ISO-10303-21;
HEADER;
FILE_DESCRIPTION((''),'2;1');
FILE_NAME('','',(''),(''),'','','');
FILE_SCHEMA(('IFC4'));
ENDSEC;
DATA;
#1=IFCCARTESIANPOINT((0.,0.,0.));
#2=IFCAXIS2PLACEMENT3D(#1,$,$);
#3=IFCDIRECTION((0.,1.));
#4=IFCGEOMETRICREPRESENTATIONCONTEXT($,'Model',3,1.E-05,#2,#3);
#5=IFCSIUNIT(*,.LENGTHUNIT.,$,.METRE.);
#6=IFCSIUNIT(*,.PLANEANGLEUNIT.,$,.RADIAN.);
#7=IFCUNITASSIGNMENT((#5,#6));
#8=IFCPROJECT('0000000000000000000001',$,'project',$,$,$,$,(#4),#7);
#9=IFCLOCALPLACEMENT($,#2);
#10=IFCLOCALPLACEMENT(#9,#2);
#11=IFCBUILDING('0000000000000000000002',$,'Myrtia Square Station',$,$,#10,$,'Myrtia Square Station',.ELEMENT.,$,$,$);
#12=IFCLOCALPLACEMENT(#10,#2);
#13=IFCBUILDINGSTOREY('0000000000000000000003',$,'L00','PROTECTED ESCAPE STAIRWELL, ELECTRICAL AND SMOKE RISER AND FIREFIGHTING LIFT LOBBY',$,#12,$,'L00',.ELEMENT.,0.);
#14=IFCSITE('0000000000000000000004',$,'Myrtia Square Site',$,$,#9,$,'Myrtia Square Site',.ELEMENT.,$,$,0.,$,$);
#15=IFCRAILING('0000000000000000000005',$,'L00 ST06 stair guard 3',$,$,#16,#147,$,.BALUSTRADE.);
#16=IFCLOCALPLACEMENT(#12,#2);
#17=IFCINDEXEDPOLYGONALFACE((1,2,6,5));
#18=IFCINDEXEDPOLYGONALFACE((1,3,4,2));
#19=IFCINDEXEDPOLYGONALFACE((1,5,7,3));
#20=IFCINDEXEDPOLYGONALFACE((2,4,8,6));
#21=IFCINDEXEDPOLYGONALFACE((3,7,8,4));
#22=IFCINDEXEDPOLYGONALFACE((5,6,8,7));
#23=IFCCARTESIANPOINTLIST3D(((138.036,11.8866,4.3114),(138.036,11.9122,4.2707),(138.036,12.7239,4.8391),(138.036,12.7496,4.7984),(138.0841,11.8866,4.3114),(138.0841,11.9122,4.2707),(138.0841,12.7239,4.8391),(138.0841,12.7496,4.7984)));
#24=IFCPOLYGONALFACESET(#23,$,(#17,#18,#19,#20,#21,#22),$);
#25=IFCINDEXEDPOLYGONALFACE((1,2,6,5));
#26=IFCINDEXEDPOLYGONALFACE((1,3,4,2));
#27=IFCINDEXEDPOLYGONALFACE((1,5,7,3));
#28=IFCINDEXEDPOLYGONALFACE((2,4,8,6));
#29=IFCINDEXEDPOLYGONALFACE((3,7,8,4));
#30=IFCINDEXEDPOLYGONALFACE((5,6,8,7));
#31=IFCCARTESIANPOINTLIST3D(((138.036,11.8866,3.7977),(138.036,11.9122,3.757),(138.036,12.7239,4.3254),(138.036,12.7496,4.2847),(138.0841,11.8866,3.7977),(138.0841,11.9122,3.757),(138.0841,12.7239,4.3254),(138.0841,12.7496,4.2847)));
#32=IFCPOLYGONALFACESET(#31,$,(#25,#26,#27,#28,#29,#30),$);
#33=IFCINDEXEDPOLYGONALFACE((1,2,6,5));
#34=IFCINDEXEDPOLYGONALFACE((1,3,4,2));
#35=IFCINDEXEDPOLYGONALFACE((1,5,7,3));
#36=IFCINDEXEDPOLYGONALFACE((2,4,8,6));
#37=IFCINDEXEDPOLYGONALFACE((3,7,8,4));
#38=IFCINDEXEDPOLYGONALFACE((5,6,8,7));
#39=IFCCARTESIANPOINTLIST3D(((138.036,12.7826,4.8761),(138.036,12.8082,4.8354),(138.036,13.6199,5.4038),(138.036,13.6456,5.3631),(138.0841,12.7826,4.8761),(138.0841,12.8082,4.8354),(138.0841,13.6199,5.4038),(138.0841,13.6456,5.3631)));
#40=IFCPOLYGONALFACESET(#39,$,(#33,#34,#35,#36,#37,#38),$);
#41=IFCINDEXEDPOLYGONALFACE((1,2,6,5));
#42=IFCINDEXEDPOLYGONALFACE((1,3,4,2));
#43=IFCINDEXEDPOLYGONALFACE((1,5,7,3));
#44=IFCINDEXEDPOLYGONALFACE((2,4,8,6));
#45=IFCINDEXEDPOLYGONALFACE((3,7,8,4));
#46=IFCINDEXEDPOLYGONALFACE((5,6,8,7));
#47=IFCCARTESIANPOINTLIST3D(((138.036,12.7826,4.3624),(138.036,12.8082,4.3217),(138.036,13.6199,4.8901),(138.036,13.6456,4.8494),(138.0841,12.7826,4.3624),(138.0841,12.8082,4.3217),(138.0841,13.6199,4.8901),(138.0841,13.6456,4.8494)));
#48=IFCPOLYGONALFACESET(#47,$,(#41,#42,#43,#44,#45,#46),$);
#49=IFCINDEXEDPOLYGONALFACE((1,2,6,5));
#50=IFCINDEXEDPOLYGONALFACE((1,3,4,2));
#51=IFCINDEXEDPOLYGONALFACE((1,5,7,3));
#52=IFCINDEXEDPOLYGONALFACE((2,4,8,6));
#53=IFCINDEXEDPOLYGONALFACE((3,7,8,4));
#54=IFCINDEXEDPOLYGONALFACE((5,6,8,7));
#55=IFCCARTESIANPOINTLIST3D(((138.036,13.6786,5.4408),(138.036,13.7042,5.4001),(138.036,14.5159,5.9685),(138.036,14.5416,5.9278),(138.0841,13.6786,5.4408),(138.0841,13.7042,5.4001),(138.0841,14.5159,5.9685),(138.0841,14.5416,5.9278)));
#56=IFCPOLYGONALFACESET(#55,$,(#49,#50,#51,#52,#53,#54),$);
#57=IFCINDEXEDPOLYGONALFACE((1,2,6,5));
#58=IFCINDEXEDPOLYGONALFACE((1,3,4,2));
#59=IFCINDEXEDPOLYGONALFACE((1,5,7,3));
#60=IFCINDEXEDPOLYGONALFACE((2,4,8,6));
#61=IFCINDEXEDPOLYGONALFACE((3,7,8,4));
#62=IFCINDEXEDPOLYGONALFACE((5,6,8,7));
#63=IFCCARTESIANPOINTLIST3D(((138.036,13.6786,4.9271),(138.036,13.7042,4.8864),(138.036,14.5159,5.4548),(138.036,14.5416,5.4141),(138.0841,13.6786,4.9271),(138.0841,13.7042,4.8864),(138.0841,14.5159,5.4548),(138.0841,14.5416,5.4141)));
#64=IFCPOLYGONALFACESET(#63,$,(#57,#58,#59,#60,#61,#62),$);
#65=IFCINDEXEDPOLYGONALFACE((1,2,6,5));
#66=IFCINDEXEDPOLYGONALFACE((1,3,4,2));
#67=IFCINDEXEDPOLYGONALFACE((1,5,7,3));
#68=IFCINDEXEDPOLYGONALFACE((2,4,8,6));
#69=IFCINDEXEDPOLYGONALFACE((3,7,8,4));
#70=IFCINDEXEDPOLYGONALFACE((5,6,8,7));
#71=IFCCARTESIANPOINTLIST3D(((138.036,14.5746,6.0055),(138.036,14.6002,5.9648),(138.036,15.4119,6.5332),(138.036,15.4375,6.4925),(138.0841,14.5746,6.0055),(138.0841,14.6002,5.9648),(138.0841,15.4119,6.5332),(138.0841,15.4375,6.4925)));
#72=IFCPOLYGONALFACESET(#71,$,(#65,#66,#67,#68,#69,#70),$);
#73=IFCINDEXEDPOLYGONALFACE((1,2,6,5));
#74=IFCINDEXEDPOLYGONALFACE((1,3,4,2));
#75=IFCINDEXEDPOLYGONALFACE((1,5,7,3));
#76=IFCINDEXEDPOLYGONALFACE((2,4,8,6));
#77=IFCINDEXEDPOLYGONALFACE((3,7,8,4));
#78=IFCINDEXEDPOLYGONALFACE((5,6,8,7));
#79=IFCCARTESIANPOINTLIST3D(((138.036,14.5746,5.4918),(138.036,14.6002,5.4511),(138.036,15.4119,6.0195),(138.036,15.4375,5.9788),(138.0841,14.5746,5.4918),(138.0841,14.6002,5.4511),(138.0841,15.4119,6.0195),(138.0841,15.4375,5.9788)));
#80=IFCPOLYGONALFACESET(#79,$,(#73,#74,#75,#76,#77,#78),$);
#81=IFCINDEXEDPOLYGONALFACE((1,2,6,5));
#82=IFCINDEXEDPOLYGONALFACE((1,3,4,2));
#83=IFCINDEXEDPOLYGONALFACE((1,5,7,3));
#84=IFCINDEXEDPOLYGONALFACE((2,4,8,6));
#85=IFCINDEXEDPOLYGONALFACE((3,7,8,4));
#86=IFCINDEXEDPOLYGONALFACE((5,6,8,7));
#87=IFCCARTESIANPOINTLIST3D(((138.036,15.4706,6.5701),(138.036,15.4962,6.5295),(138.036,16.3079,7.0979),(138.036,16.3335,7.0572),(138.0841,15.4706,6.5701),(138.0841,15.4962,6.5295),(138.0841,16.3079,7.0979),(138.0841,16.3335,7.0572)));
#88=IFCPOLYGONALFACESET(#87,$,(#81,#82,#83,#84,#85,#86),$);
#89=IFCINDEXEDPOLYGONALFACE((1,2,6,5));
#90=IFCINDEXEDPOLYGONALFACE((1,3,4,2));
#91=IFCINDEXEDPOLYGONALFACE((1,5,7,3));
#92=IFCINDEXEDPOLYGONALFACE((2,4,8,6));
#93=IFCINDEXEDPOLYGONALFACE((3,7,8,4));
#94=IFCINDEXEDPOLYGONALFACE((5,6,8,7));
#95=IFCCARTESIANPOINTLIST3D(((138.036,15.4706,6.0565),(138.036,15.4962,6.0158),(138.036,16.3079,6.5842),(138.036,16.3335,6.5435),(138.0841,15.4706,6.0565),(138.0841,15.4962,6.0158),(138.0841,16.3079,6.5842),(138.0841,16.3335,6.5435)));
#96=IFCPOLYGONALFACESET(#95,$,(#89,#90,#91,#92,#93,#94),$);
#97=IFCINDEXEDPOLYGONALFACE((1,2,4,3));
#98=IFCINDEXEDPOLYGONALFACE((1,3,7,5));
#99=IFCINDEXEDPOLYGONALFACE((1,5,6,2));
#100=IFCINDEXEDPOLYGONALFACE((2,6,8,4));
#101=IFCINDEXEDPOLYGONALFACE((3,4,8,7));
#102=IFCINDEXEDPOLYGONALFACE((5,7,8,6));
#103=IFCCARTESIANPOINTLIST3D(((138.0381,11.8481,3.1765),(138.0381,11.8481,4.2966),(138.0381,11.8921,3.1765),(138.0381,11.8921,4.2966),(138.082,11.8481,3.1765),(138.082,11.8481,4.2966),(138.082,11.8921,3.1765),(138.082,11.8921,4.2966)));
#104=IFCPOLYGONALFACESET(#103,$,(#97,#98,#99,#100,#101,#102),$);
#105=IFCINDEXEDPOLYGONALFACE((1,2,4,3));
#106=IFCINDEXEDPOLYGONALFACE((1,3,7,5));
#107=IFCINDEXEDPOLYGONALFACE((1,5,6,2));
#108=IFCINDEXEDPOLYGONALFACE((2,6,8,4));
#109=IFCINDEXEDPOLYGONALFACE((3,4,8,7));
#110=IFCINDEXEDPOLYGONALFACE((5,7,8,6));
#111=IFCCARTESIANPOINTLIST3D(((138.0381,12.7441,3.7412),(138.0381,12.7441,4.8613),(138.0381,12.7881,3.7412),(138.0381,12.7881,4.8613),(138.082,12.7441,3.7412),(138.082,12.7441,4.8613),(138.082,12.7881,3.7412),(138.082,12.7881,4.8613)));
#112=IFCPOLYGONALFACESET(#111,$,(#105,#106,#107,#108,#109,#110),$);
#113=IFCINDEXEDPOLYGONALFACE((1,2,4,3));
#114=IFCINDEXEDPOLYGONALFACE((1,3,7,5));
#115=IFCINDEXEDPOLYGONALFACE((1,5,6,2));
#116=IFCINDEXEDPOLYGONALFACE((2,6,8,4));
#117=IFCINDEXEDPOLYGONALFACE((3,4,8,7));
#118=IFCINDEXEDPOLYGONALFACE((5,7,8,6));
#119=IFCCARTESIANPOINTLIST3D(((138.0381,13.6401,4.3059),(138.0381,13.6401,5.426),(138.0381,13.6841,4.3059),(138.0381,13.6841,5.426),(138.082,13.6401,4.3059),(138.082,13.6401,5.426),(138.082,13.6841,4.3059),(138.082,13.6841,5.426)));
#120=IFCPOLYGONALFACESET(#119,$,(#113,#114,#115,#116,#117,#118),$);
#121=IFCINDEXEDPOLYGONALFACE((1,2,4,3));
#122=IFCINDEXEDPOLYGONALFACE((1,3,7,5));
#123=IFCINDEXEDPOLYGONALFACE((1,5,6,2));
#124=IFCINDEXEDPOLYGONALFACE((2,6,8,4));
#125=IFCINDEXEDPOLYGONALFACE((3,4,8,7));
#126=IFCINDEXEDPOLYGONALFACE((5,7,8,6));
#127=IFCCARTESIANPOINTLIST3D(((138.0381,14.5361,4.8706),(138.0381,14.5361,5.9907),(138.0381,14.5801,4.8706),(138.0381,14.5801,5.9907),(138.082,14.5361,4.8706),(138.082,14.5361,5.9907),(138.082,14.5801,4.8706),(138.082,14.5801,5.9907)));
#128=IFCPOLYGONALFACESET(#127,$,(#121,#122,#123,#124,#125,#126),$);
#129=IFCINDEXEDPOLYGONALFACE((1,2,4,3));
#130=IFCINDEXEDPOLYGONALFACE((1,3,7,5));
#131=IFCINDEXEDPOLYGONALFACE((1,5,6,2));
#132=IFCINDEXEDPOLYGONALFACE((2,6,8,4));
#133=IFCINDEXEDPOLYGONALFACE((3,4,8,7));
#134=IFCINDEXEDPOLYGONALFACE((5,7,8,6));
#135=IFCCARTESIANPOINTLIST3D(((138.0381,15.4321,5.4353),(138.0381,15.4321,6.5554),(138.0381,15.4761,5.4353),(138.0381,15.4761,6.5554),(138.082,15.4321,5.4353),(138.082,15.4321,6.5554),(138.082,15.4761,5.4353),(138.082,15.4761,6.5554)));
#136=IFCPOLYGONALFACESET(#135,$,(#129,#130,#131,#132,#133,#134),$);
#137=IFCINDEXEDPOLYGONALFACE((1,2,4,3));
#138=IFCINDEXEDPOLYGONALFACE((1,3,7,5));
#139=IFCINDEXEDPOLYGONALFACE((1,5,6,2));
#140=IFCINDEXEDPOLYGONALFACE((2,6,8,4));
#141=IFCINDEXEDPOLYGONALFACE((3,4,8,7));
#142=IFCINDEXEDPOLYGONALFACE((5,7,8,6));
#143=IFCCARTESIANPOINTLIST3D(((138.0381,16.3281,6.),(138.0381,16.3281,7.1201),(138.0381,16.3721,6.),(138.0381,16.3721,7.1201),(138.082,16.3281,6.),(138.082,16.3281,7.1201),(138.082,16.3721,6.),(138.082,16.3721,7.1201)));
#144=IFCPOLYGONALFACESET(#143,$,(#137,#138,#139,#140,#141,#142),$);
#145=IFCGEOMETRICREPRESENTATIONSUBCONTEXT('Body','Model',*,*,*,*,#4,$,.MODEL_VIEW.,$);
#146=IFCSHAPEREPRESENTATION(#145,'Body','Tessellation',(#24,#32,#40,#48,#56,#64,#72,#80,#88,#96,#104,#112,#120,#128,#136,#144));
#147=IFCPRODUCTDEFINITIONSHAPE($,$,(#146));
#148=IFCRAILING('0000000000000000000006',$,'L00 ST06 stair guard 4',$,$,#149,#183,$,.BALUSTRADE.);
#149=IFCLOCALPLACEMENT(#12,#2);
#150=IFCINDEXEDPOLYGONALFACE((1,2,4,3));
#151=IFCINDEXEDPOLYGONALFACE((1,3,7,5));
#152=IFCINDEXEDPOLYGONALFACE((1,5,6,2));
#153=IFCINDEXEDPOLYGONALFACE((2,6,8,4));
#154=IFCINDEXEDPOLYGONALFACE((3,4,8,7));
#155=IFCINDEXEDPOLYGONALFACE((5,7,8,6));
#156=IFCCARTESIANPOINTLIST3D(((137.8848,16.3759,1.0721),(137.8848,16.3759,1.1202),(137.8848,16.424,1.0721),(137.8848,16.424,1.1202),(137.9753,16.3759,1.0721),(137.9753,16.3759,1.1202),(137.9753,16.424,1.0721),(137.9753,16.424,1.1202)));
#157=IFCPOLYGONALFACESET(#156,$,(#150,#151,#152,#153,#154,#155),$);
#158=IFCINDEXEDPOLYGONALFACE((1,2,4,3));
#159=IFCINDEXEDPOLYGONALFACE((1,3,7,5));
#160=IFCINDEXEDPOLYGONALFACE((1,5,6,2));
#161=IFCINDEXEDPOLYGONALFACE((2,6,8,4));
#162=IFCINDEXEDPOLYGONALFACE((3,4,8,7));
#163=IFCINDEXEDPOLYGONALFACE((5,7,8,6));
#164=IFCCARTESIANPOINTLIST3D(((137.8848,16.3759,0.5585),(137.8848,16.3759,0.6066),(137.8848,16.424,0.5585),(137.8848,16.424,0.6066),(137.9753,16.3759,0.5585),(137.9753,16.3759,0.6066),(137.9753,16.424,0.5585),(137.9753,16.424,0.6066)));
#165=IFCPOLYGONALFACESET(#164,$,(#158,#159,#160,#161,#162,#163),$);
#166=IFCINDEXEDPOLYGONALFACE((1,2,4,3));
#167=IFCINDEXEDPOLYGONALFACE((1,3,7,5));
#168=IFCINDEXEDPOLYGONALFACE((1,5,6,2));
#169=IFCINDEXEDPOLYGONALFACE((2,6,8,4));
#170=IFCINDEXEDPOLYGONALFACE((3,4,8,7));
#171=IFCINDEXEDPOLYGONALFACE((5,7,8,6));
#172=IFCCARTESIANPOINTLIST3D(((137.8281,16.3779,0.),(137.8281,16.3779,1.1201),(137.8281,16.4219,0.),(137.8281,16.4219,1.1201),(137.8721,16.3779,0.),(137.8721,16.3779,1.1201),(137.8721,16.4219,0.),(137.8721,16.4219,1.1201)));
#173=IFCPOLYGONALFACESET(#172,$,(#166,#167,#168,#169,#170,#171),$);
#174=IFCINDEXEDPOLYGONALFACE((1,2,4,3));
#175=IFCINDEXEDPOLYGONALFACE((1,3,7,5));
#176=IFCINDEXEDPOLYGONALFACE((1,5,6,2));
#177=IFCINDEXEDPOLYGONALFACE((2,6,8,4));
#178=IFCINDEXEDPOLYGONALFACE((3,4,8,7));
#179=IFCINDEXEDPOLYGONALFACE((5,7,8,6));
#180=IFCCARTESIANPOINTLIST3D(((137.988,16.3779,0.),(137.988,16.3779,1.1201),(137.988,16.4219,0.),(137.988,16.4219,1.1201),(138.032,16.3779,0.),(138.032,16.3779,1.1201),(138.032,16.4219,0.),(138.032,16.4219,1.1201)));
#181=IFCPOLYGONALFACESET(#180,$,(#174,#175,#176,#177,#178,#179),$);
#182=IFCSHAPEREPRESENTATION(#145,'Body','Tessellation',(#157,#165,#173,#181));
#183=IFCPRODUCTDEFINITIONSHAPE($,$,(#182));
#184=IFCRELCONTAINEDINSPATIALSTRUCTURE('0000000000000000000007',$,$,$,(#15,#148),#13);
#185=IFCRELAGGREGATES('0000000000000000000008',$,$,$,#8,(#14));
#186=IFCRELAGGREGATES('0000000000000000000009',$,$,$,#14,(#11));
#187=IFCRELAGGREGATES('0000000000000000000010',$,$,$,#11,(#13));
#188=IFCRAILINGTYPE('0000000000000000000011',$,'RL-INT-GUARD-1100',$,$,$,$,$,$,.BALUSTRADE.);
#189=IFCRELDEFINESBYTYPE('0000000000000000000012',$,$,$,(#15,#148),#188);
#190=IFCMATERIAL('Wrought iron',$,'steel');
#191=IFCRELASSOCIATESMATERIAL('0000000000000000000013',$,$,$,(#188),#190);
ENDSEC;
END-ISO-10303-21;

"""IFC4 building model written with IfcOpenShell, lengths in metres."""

from ifc_helpers import new_model, si_unit, direction, frame, origin, origin_2d, place, context, subcontext, project, spatial, rectangle, extrude, material, type_object, element, save


model = new_model("IFC4")

# Units and contexts
model_context = context("Model", 3, precision=1e-05, world=origin(), true_north=direction((0.0, 1.0)))
body_context = subcontext(model_context, "Body", "Model", "MODEL_VIEW")
ifc_project = project(units=[si_unit("LENGTHUNIT", "METRE"), si_unit("PLANEANGLEUNIT", "RADIAN")], contexts=[model_context])

# Site, building, storey
site_placement = place(None, origin())
site = spatial("IfcSite", under=ifc_project, at=site_placement, Name="Myrtia Square Site", LongName="Myrtia Square Site", CompositionType="ELEMENT", RefElevation=0.0)
building_placement = place(site_placement, origin())
building = spatial("IfcBuilding", under=site, at=building_placement, Name="Myrtia Square Station", LongName="Myrtia Square Station", CompositionType="ELEMENT")
storey_placement = place(building_placement, origin())
storey = spatial("IfcBuildingStorey", under=building, at=storey_placement, Name="L00", Description="PROTECTED ESCAPE STAIRWELL, ELECTRICAL AND SMOKE RISER AND FIREFIGHTING LIFT LOBBY", LongName="L00", CompositionType="ELEMENT", Elevation=0.0)

# Railings
ifc_material_1 = material(Name="Wrought iron", Category="steel")
railing_type_1 = type_object("IfcRailingType", Name="RL-INT-GUARD-1100", PredefinedType="BALUSTRADE", material=ifc_material_1)
railing_1_placement = place(storey_placement, frame((138.0601, 11.8701, 3.1765)))
element("IfcRailing", 1, at=railing_1_placement, inside=storey, type_object=railing_type_1, Name="L00 ST06 stair guard 3", PredefinedType="BALUSTRADE", context=body_context, shape_type="SweptSolid", body=[
    extrude(rectangle(XDim=0.0481, YDim=0.0481, at=origin_2d()), frame((0.0, 0.0293, 1.1145), z_axis=(0.0, 0.845998, 0.533186), x_axis=(-1.0, 0.0, 0.0)), (0.0, 0.0, 1.0), 0.9897),
    extrude(rectangle(XDim=0.0481, YDim=0.0481, at=origin_2d()), frame((0.0, 0.0293, 0.6008), z_axis=(0.0, 0.845998, 0.533186), x_axis=(-1.0, 0.0, 0.0)), (0.0, 0.0, 1.0), 0.9897),
    extrude(rectangle(XDim=0.0481, YDim=0.0481, at=origin_2d()), frame((0.0, 0.9253, 1.6792), z_axis=(0.0, 0.845998, 0.533186), x_axis=(-1.0, 0.0, 0.0)), (0.0, 0.0, 1.0), 0.9897),
    extrude(rectangle(XDim=0.0481, YDim=0.0481, at=origin_2d()), frame((0.0, 0.9253, 1.1655), z_axis=(0.0, 0.845998, 0.533186), x_axis=(-1.0, 0.0, 0.0)), (0.0, 0.0, 1.0), 0.9897),
    extrude(rectangle(XDim=0.0481, YDim=0.0481, at=origin_2d()), frame((0.0, 1.8213, 2.2439), z_axis=(0.0, 0.845998, 0.533186), x_axis=(-1.0, 0.0, 0.0)), (0.0, 0.0, 1.0), 0.9897),
    extrude(rectangle(XDim=0.0481, YDim=0.0481, at=origin_2d()), frame((0.0, 1.8213, 1.7302), z_axis=(0.0, 0.845998, 0.533186), x_axis=(-1.0, 0.0, 0.0)), (0.0, 0.0, 1.0), 0.9897),
    extrude(rectangle(XDim=0.0481, YDim=0.0481, at=origin_2d()), frame((0.0, 2.7173, 2.8086), z_axis=(0.0, 0.845998, 0.533186), x_axis=(-1.0, 0.0, 0.0)), (0.0, 0.0, 1.0), 0.9897),
    extrude(rectangle(XDim=0.0481, YDim=0.0481, at=origin_2d()), frame((0.0, 2.7173, 2.2949), z_axis=(0.0, 0.845998, 0.533186), x_axis=(-1.0, 0.0, 0.0)), (0.0, 0.0, 1.0), 0.9897),
    extrude(rectangle(XDim=0.0481, YDim=0.0481, at=origin_2d()), frame((0.0, 3.6133, 3.3733), z_axis=(0.0, 0.845998, 0.533186), x_axis=(-1.0, 0.0, 0.0)), (0.0, 0.0, 1.0), 0.9897),
    extrude(rectangle(XDim=0.0481, YDim=0.0481, at=origin_2d()), frame((0.0, 3.6133, 2.8596), z_axis=(0.0, 0.845998, 0.533186), x_axis=(-1.0, 0.0, 0.0)), (0.0, 0.0, 1.0), 0.9897),
    extrude(rectangle(XDim=0.0439, YDim=0.0439, at=origin_2d()), origin(), (0.0, 0.0, 1.0), 1.1201),
    extrude(rectangle(XDim=0.0439, YDim=0.0439, at=origin_2d()), frame((0.0, 0.896, 0.5647)), (0.0, 0.0, 1.0), 1.1201),
    extrude(rectangle(XDim=0.0439, YDim=0.0439, at=origin_2d()), frame((0.0, 1.792, 1.1294)), (0.0, 0.0, 1.0), 1.1201),
    extrude(rectangle(XDim=0.0439, YDim=0.0439, at=origin_2d()), frame((0.0, 2.688, 1.6941)), (0.0, 0.0, 1.0), 1.1201),
    extrude(rectangle(XDim=0.0439, YDim=0.0439, at=origin_2d()), frame((0.0, 3.584, 2.2588)), (0.0, 0.0, 1.0), 1.1201),
    extrude(rectangle(XDim=0.0439, YDim=0.0439, at=origin_2d()), frame((0.0, 4.48, 2.8235)), (0.0, 0.0, 1.0), 1.1201),
])
railing_2_placement = place(storey_placement, frame((137.8501, 16.3999, 0.0)))
element("IfcRailing", 2, at=railing_2_placement, inside=storey, type_object=railing_type_1, Name="L00 ST06 stair guard 4", PredefinedType="BALUSTRADE", context=body_context, shape_type="SweptSolid", body=[
    extrude(rectangle(XDim=0.0481, YDim=0.0481, at=origin_2d()), frame((0.0347, 0.0, 1.0962), z_axis=(1.0, 0.0, 0.0), x_axis=(0.0, 1.0, 0.0)), (0.0, 0.0, 1.0), 0.0906),
    extrude(rectangle(XDim=0.0481, YDim=0.0481, at=origin_2d()), frame((0.0347, 0.0, 0.5825), z_axis=(1.0, 0.0, 0.0), x_axis=(0.0, 1.0, 0.0)), (0.0, 0.0, 1.0), 0.0906),
    extrude(rectangle(XDim=0.0439, YDim=0.0439, at=origin_2d()), origin(), (0.0, 0.0, 1.0), 1.1201),
    extrude(rectangle(XDim=0.0439, YDim=0.0439, at=origin_2d()), frame((0.1599, 0.0, 0.0)), (0.0, 0.0, 1.0), 1.1201),
])

save(model, "model.ifc")
